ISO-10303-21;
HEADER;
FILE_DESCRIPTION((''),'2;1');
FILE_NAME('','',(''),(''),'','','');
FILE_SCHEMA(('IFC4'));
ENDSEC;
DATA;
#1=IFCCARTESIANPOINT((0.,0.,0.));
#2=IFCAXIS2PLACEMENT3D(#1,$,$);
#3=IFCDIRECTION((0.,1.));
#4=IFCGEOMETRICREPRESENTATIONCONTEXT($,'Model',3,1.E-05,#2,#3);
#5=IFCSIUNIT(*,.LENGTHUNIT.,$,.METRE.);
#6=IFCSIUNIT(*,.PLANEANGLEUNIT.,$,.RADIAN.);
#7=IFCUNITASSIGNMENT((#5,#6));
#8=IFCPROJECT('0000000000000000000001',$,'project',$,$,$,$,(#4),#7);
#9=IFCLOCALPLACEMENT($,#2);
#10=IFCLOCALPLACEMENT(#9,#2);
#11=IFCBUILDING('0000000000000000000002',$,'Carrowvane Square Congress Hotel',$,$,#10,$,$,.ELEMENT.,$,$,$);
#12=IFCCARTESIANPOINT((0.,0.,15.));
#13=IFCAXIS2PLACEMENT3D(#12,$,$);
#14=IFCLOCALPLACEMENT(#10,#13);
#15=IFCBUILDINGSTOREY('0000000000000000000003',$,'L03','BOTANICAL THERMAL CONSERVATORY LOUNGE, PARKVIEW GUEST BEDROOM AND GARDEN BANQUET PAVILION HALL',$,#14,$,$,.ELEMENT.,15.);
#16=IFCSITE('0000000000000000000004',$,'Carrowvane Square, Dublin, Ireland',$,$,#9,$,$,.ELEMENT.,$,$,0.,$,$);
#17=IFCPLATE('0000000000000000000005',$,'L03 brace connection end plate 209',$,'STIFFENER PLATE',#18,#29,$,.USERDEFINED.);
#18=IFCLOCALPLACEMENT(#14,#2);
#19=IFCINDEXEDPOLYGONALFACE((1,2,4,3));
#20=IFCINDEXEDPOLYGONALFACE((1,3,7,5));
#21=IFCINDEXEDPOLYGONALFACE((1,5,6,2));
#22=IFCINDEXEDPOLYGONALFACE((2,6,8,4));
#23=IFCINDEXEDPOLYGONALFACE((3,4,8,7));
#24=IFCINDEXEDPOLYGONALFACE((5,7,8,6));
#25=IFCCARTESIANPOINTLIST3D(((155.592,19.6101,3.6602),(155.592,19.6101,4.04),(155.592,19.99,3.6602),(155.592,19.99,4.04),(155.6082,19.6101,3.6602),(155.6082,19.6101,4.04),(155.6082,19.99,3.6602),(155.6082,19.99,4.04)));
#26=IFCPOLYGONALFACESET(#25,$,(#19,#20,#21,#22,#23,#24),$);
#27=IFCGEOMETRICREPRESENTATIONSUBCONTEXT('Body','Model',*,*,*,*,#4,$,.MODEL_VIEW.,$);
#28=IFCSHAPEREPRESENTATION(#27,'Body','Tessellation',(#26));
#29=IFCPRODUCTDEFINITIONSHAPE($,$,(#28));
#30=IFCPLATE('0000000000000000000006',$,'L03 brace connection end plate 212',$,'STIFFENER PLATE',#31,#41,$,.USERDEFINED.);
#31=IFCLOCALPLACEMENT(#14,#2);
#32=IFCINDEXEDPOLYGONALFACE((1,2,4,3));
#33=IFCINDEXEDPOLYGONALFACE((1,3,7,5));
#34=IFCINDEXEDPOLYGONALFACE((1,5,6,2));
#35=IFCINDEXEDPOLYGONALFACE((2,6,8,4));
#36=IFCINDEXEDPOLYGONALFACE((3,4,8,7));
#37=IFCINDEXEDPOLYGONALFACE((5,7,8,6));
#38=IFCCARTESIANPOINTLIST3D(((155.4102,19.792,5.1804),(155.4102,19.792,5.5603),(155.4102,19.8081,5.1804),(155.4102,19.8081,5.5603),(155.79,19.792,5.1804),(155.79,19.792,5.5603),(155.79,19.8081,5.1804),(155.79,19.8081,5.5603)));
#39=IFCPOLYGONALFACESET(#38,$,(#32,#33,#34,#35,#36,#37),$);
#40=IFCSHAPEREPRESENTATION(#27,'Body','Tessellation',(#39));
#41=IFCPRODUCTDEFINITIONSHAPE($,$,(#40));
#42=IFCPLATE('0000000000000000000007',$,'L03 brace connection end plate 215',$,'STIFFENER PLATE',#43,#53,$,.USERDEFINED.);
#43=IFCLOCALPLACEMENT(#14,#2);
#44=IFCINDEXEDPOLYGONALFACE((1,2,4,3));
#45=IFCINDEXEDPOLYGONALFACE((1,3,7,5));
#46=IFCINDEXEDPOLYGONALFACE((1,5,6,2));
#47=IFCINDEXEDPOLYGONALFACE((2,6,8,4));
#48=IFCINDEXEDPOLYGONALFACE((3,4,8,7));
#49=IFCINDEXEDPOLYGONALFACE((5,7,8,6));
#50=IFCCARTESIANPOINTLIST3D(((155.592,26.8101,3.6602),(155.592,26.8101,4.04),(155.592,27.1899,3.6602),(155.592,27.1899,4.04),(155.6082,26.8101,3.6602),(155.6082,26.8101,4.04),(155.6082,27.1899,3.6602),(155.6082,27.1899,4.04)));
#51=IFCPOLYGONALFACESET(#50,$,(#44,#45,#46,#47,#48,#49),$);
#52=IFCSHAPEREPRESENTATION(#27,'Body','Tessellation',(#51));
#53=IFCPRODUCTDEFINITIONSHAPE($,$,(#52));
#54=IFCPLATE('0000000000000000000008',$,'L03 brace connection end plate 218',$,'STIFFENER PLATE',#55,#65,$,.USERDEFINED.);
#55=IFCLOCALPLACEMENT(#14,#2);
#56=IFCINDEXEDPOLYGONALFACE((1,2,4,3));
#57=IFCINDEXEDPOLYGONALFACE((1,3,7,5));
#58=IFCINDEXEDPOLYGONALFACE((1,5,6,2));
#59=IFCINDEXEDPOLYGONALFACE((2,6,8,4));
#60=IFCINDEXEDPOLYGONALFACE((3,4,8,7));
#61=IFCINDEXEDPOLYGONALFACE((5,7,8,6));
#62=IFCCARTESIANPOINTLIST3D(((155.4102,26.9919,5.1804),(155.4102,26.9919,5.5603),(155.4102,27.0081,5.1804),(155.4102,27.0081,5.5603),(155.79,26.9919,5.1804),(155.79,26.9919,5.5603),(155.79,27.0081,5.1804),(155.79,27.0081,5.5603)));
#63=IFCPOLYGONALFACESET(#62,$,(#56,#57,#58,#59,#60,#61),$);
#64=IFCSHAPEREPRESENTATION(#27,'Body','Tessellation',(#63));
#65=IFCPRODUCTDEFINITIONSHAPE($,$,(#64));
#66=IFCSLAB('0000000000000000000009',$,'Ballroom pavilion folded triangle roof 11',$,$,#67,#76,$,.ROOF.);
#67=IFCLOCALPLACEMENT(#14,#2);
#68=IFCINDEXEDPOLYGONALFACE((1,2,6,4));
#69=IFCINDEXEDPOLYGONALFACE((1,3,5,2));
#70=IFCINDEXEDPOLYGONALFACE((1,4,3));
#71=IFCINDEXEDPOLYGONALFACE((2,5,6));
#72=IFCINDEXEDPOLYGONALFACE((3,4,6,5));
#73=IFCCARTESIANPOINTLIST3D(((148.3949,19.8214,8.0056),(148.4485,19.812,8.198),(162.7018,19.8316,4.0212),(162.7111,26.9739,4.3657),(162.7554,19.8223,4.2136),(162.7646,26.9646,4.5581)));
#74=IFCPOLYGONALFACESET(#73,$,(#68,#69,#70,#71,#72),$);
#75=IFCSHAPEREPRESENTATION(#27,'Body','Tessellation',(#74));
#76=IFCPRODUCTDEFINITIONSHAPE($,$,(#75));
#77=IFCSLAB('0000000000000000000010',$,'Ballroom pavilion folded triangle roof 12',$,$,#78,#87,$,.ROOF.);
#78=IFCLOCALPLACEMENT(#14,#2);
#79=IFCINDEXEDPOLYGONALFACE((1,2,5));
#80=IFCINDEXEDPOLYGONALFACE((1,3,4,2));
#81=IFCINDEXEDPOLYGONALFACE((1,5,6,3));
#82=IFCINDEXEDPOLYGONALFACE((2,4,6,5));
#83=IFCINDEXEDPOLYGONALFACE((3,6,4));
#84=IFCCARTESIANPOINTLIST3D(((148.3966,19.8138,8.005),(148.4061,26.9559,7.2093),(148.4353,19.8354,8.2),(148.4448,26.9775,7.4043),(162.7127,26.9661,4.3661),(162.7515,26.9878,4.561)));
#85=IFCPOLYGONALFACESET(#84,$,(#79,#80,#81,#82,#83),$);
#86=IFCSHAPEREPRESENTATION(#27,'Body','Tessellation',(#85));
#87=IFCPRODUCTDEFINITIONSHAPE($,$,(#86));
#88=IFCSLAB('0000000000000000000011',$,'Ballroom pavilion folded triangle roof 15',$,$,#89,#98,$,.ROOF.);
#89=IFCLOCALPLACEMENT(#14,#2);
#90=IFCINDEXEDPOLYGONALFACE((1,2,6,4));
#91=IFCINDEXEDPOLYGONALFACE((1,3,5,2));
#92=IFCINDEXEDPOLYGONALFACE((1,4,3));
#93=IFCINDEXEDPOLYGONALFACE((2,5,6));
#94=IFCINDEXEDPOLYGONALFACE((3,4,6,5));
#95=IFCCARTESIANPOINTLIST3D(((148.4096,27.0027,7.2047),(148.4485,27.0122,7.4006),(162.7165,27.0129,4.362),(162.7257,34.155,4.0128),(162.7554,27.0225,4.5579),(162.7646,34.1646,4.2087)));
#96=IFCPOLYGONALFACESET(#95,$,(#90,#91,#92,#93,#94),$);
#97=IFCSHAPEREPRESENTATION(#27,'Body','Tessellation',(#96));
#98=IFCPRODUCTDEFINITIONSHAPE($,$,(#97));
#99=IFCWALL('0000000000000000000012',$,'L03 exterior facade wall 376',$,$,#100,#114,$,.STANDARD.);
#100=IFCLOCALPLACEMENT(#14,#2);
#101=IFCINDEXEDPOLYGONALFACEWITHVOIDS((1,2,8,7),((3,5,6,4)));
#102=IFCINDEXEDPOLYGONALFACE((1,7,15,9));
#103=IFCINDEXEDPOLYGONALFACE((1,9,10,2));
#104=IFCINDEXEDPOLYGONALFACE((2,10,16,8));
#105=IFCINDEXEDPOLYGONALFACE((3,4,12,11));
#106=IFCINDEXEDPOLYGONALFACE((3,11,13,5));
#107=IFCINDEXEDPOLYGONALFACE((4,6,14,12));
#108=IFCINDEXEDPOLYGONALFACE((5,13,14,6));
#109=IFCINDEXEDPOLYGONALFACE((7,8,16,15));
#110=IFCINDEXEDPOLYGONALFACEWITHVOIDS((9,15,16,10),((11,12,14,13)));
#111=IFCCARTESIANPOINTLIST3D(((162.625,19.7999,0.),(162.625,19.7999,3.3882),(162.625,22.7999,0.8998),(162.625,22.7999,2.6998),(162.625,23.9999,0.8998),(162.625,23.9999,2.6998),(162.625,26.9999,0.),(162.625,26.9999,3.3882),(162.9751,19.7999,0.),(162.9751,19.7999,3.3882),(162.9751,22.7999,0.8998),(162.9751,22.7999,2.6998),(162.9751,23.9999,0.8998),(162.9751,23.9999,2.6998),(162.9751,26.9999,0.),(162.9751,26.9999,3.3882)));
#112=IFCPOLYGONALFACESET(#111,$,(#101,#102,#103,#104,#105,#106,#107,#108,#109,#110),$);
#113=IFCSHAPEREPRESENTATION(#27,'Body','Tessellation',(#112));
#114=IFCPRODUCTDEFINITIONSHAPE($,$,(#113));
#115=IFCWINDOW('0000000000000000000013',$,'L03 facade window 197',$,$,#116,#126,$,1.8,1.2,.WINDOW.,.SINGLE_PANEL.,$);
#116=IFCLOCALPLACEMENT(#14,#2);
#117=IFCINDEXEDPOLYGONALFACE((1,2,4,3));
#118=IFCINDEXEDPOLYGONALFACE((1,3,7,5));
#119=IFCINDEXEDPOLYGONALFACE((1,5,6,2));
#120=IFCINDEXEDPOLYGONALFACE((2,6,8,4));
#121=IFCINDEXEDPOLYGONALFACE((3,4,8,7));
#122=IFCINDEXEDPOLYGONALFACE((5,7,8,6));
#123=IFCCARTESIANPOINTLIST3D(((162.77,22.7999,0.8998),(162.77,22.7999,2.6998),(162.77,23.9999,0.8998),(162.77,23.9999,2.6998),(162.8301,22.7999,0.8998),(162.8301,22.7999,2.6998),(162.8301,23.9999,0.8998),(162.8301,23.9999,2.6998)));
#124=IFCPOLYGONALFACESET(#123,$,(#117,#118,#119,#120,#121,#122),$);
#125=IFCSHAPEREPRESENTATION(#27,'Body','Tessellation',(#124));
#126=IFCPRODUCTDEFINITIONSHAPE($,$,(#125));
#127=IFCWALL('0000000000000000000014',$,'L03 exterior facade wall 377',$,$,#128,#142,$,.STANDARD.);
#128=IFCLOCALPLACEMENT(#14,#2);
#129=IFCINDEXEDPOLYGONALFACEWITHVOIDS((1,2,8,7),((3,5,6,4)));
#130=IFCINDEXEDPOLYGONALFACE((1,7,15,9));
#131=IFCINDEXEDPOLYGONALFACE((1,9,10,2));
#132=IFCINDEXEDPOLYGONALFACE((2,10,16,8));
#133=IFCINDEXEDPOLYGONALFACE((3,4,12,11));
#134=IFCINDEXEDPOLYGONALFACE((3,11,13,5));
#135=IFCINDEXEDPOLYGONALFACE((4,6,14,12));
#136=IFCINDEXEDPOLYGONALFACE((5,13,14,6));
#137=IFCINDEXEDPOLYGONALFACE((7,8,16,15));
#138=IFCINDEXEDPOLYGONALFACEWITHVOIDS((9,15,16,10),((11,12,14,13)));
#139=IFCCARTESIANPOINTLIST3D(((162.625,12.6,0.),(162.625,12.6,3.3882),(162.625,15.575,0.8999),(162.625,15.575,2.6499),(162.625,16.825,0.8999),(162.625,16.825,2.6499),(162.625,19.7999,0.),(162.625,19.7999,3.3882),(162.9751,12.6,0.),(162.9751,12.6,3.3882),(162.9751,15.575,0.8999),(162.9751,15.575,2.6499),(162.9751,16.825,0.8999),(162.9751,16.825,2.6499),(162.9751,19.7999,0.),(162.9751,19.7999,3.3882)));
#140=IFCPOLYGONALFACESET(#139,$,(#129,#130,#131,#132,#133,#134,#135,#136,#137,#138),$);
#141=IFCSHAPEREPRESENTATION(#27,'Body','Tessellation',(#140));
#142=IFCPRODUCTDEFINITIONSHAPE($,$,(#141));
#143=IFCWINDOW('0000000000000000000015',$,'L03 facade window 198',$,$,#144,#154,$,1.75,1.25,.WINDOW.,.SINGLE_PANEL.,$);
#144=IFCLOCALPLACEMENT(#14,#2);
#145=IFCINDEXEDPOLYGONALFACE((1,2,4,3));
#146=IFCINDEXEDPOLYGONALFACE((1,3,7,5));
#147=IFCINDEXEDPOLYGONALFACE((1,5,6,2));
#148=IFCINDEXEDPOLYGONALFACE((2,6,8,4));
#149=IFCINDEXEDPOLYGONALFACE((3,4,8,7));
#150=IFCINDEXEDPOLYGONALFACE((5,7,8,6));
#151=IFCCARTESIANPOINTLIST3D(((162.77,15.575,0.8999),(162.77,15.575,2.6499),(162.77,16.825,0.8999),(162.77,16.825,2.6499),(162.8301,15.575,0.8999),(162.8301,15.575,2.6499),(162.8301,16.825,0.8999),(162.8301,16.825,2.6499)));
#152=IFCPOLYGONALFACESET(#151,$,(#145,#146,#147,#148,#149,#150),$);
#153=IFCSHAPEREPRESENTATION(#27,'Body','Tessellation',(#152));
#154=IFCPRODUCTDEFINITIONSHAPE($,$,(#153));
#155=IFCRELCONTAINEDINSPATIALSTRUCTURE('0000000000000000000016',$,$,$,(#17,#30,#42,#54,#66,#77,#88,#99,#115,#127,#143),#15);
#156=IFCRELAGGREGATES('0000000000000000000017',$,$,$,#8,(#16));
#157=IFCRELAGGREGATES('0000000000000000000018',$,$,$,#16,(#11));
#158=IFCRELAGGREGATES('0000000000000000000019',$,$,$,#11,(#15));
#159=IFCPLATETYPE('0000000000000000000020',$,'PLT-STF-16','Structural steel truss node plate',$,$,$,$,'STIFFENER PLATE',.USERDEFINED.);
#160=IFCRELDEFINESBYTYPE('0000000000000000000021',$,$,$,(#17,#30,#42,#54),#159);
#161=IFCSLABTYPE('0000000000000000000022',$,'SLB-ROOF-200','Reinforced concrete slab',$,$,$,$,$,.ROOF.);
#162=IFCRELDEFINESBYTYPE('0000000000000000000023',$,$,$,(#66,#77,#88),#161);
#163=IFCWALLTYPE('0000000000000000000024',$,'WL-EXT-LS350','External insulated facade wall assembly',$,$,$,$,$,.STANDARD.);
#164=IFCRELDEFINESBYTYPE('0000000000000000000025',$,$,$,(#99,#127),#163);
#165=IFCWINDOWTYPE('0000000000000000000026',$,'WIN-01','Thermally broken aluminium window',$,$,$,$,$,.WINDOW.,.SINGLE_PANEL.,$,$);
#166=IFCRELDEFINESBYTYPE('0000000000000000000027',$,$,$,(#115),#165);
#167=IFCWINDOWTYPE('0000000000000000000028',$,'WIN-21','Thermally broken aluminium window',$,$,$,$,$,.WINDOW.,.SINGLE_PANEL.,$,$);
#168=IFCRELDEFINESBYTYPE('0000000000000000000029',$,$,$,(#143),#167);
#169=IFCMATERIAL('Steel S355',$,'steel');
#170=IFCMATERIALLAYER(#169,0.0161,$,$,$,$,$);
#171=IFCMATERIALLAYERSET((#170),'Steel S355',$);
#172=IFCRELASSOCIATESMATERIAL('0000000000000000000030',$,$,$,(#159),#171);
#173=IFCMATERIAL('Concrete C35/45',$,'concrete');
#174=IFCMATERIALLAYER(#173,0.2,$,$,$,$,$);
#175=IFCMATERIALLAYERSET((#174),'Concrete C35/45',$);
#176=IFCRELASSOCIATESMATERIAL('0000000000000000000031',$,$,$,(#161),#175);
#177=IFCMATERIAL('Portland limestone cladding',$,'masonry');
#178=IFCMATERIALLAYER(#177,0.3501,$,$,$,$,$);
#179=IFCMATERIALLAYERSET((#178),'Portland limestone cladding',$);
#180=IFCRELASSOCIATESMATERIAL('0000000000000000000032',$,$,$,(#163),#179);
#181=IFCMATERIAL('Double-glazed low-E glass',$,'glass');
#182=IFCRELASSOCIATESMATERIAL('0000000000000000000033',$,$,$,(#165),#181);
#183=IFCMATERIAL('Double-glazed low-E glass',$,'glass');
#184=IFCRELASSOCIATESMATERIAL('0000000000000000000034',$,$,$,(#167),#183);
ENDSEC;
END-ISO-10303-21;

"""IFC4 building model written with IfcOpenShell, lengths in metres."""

from ifc_helpers import new_model, si_unit, direction, frame, frame_2d, origin, origin_2d, place, context, subcontext, project, spatial, polyline, rectangle, outline, extrude, material, layer, layer_set, type_object, element, fill, save


model = new_model("IFC4")

# Units and contexts
model_context = context("Model", 3, precision=1e-05, world=origin(), true_north=direction((0.0, 1.0)))
body_context = subcontext(model_context, "Body", "Model", "MODEL_VIEW")
ifc_project = project(units=[si_unit("LENGTHUNIT", "METRE"), si_unit("PLANEANGLEUNIT", "RADIAN")], contexts=[model_context])

# Site, building, storey
site_placement = place(None, origin())
site = spatial("IfcSite", under=ifc_project, at=site_placement, Name="Carrowvane Square, Dublin, Ireland", CompositionType="ELEMENT", RefElevation=0.0)
building_placement = place(site_placement, origin())
building = spatial("IfcBuilding", under=site, at=building_placement, Name="Carrowvane Square Congress Hotel", CompositionType="ELEMENT")
storey_placement = place(building_placement, frame((0.0, 0.0, 15.0)))
storey = spatial("IfcBuildingStorey", under=building, at=storey_placement, Name="L03", Description="BOTANICAL THERMAL CONSERVATORY LOUNGE, PARKVIEW GUEST BEDROOM AND GARDEN BANQUET PAVILION HALL", CompositionType="ELEMENT", Elevation=15.0)

# Plates
ifc_material_1 = material(Name="Steel S355", Category="steel")
ifc_layer_1 = layer(ifc_material_1, 0.0161)
ifc_layer_set_1 = layer_set([ifc_layer_1], Name="Steel S355")
plate_type_1 = type_object("IfcPlateType", Name="PLT-STF-16", Description="Structural steel truss node plate", ElementType="STIFFENER PLATE", PredefinedType="USERDEFINED", material=ifc_layer_set_1)
plate_1_placement = place(storey_placement, frame((155.6001, 19.8, 3.6602), z_axis=(0.0, 0.0, 1.0), x_axis=(1.0, 0.0, 0.0)))
element("IfcPlate", 1, at=plate_1_placement, inside=storey, type_object=plate_type_1, Name="L03 brace connection end plate 209", ObjectType="STIFFENER PLATE", PredefinedType="USERDEFINED", context=body_context, shape_type="SweptSolid", body=[
    extrude(rectangle(XDim=0.0161, YDim=0.3799, at=origin_2d()), origin(), (0.0, 0.0, 1.0), 0.3799),
])
plate_2_placement = place(storey_placement, frame((155.6001, 19.8, 5.1804), z_axis=(0.0, 0.0, 1.0), x_axis=(1.0, 0.0, 0.0)))
element("IfcPlate", 2, at=plate_2_placement, inside=storey, type_object=plate_type_1, Name="L03 brace connection end plate 212", ObjectType="STIFFENER PLATE", PredefinedType="USERDEFINED", context=body_context, shape_type="SweptSolid", body=[
    extrude(rectangle(XDim=0.3799, YDim=0.0161, at=origin_2d()), origin(), (0.0, 0.0, 1.0), 0.3799),
])
plate_3_placement = place(storey_placement, frame((155.6001, 27.0, 3.6602), z_axis=(0.0, 0.0, 1.0), x_axis=(1.0, 0.0, 0.0)))
element("IfcPlate", 3, at=plate_3_placement, inside=storey, type_object=plate_type_1, Name="L03 brace connection end plate 215", ObjectType="STIFFENER PLATE", PredefinedType="USERDEFINED", context=body_context, shape_type="SweptSolid", body=[
    extrude(rectangle(XDim=0.0161, YDim=0.3799, at=origin_2d()), origin(), (0.0, 0.0, 1.0), 0.3799),
])
plate_4_placement = place(storey_placement, frame((155.6001, 27.0, 5.1804), z_axis=(0.0, 0.0, 1.0), x_axis=(1.0, 0.0, 0.0)))
element("IfcPlate", 4, at=plate_4_placement, inside=storey, type_object=plate_type_1, Name="L03 brace connection end plate 218", ObjectType="STIFFENER PLATE", PredefinedType="USERDEFINED", context=body_context, shape_type="SweptSolid", body=[
    extrude(rectangle(XDim=0.3799, YDim=0.0161, at=origin_2d()), origin(), (0.0, 0.0, 1.0), 0.3799),
])

# Slabs
ifc_material_2 = material(Name="Concrete C35/45", Category="concrete")
ifc_layer_2 = layer(ifc_material_2, 0.2)
ifc_layer_set_2 = layer_set([ifc_layer_2], Name="Concrete C35/45")
slab_type = type_object("IfcSlabType", Name="SLB-ROOF-200", Description="Reinforced concrete slab", PredefinedType="ROOF", material=ifc_layer_set_2)
slab_1_placement = place(storey_placement, frame((148.4485, 19.812, 8.198), z_axis=(0.268022, -0.04676, 0.962277), x_axis=(0.96334, 0.00069, -0.268284)))
element("IfcSlab", 5, at=slab_1_placement, inside=storey, type_object=slab_type, Name="Ballroom pavilion folded triangle roof 11", PredefinedType="ROOF", context=body_context, shape_type="SweptSolid", body=[
    extrude(outline(polyline([(0.0, 0.0), (14.8513, 0.0), (14.7728, 7.1502), (0.0, 0.0)])), origin(), (0.0, 0.0, -1.0), 0.2),
])
slab_2_placement = place(storey_placement, frame((148.4353, 19.8354, 8.2), z_axis=(0.193702, 0.108367, 0.975057), x_axis=(0.872304, 0.435802, -0.221724)))
element("IfcSlab", 6, at=slab_2_placement, inside=storey, type_object=slab_type, Name="Ballroom pavilion folded triangle roof 12", PredefinedType="ROOF", context=body_context, shape_type="SweptSolid", body=[
    extrude(outline(polyline([(0.0, 0.0), (16.4119, 0.0), (3.2973, 6.3852), (0.0, 0.0)])), origin(), (0.0, 0.0, -1.0), 0.2),
])
slab_3_placement = place(storey_placement, frame((148.4485, 27.0122, 7.4006), z_axis=(0.194636, 0.047638, 0.979718), x_axis=(0.980825, 0.000703, -0.19489)))
element("IfcSlab", 7, at=slab_3_placement, inside=storey, type_object=slab_type, Name="Ballroom pavilion folded triangle roof 15", PredefinedType="ROOF", context=body_context, shape_type="SweptSolid", body=[
    extrude(outline(polyline([(0.0, 0.0), (14.5866, 0.0), (14.6687, 7.1502), (0.0, 0.0)])), origin(), (0.0, 0.0, -1.0), 0.2),
])

# Walls, openings, windows
ifc_material_3 = material(Name="Portland limestone cladding", Category="masonry")
ifc_layer_3 = layer(ifc_material_3, 0.3501)
ifc_layer_set_3 = layer_set([ifc_layer_3], Name="Portland limestone cladding")
wall_type = type_object("IfcWallType", Name="WL-EXT-LS350", Description="External insulated facade wall assembly", PredefinedType="STANDARD", material=ifc_layer_set_3)
wall_1_placement = place(storey_placement, frame((162.8, 27.0, 0.0), z_axis=(0.0, 0.0, 1.0), x_axis=(0.0, -1.0, 0.0)))
wall_1 = element("IfcWall", 8, at=wall_1_placement, inside=storey, type_object=wall_type, Name="L03 exterior facade wall 376", PredefinedType="STANDARD", context=body_context, shape_type="SweptSolid", body=[
    extrude(rectangle(XDim=7.2, YDim=0.3501, at=frame_2d((3.6001, 0.0))), origin(), (0.0, 0.0, 1.0), 3.3882),
])
opening_1_placement = place(wall_1_placement, frame((3.0, 0.0, 0.8999)))
opening_1 = element("IfcOpeningElement", 9, at=opening_1_placement, cuts=wall_1, PredefinedType="OPENING", context=body_context, shape_type="SweptSolid", body=[
    extrude(rectangle(XDim=1.2, YDim=1.8, at=frame_2d((0.6001, 0.8999))), frame((0.0, 0.1851, 0.0), z_axis=(0.0, -1.0, 0.0), x_axis=(1.0, 0.0, 0.0)), (0.0, 0.0, 1.0), 0.3701),
])
ifc_material_4 = material(Name="Double-glazed low-E glass", Category="glass")
window_type_1 = type_object("IfcWindowType", Name="WIN-01", Description="Thermally broken aluminium window", PartitioningType="SINGLE_PANEL", PredefinedType="WINDOW", material=ifc_material_4)
window_1_placement = place(opening_1_placement, origin())
window_1 = element("IfcWindow", 10, at=window_1_placement, inside=storey, type_object=window_type_1, Name="L03 facade window 197", OverallHeight=1.8, OverallWidth=1.2, PartitioningType="SINGLE_PANEL", PredefinedType="WINDOW", context=body_context, shape_type="SweptSolid", body=[
    extrude(rectangle(XDim=1.2, YDim=1.8, at=frame_2d((0.6001, 0.8999))), frame((0.0, 0.03, 0.0), z_axis=(0.0, -1.0, 0.0), x_axis=(1.0, 0.0, 0.0)), (0.0, 0.0, 1.0), 0.0601),
])
fill(opening_1, window_1)
wall_2_placement = place(storey_placement, frame((162.8, 19.8, 0.0), z_axis=(0.0, 0.0, 1.0), x_axis=(0.0, -1.0, 0.0)))
wall_2 = element("IfcWall", 11, at=wall_2_placement, inside=storey, type_object=wall_type, Name="L03 exterior facade wall 377", PredefinedType="STANDARD", context=body_context, shape_type="SweptSolid", body=[
    extrude(rectangle(XDim=7.2, YDim=0.3501, at=frame_2d((3.6001, 0.0))), origin(), (0.0, 0.0, 1.0), 3.3882),
])
opening_2_placement = place(wall_2_placement, frame((2.9751, 0.0, 0.8999)))
opening_2 = element("IfcOpeningElement", 12, at=opening_2_placement, cuts=wall_2, PredefinedType="OPENING", context=body_context, shape_type="SweptSolid", body=[
    extrude(rectangle(XDim=1.25, YDim=1.75, at=frame_2d((0.625, 0.875))), frame((0.0, 0.1851, 0.0), z_axis=(0.0, -1.0, 0.0), x_axis=(1.0, 0.0, 0.0)), (0.0, 0.0, 1.0), 0.3701),
])
ifc_material_5 = material(Name="Double-glazed low-E glass", Category="glass")
window_type_2 = type_object("IfcWindowType", Name="WIN-21", Description="Thermally broken aluminium window", PartitioningType="SINGLE_PANEL", PredefinedType="WINDOW", material=ifc_material_5)
window_2_placement = place(opening_2_placement, origin())
window_2 = element("IfcWindow", 13, at=window_2_placement, inside=storey, type_object=window_type_2, Name="L03 facade window 198", OverallHeight=1.75, OverallWidth=1.25, PartitioningType="SINGLE_PANEL", PredefinedType="WINDOW", context=body_context, shape_type="SweptSolid", body=[
    extrude(rectangle(XDim=1.25, YDim=1.75, at=frame_2d((0.625, 0.875))), frame((0.0, 0.03, 0.0), z_axis=(0.0, -1.0, 0.0), x_axis=(1.0, 0.0, 0.0)), (0.0, 0.0, 1.0), 0.0601),
])
fill(opening_2, window_2)

save(model, "model.ifc")
